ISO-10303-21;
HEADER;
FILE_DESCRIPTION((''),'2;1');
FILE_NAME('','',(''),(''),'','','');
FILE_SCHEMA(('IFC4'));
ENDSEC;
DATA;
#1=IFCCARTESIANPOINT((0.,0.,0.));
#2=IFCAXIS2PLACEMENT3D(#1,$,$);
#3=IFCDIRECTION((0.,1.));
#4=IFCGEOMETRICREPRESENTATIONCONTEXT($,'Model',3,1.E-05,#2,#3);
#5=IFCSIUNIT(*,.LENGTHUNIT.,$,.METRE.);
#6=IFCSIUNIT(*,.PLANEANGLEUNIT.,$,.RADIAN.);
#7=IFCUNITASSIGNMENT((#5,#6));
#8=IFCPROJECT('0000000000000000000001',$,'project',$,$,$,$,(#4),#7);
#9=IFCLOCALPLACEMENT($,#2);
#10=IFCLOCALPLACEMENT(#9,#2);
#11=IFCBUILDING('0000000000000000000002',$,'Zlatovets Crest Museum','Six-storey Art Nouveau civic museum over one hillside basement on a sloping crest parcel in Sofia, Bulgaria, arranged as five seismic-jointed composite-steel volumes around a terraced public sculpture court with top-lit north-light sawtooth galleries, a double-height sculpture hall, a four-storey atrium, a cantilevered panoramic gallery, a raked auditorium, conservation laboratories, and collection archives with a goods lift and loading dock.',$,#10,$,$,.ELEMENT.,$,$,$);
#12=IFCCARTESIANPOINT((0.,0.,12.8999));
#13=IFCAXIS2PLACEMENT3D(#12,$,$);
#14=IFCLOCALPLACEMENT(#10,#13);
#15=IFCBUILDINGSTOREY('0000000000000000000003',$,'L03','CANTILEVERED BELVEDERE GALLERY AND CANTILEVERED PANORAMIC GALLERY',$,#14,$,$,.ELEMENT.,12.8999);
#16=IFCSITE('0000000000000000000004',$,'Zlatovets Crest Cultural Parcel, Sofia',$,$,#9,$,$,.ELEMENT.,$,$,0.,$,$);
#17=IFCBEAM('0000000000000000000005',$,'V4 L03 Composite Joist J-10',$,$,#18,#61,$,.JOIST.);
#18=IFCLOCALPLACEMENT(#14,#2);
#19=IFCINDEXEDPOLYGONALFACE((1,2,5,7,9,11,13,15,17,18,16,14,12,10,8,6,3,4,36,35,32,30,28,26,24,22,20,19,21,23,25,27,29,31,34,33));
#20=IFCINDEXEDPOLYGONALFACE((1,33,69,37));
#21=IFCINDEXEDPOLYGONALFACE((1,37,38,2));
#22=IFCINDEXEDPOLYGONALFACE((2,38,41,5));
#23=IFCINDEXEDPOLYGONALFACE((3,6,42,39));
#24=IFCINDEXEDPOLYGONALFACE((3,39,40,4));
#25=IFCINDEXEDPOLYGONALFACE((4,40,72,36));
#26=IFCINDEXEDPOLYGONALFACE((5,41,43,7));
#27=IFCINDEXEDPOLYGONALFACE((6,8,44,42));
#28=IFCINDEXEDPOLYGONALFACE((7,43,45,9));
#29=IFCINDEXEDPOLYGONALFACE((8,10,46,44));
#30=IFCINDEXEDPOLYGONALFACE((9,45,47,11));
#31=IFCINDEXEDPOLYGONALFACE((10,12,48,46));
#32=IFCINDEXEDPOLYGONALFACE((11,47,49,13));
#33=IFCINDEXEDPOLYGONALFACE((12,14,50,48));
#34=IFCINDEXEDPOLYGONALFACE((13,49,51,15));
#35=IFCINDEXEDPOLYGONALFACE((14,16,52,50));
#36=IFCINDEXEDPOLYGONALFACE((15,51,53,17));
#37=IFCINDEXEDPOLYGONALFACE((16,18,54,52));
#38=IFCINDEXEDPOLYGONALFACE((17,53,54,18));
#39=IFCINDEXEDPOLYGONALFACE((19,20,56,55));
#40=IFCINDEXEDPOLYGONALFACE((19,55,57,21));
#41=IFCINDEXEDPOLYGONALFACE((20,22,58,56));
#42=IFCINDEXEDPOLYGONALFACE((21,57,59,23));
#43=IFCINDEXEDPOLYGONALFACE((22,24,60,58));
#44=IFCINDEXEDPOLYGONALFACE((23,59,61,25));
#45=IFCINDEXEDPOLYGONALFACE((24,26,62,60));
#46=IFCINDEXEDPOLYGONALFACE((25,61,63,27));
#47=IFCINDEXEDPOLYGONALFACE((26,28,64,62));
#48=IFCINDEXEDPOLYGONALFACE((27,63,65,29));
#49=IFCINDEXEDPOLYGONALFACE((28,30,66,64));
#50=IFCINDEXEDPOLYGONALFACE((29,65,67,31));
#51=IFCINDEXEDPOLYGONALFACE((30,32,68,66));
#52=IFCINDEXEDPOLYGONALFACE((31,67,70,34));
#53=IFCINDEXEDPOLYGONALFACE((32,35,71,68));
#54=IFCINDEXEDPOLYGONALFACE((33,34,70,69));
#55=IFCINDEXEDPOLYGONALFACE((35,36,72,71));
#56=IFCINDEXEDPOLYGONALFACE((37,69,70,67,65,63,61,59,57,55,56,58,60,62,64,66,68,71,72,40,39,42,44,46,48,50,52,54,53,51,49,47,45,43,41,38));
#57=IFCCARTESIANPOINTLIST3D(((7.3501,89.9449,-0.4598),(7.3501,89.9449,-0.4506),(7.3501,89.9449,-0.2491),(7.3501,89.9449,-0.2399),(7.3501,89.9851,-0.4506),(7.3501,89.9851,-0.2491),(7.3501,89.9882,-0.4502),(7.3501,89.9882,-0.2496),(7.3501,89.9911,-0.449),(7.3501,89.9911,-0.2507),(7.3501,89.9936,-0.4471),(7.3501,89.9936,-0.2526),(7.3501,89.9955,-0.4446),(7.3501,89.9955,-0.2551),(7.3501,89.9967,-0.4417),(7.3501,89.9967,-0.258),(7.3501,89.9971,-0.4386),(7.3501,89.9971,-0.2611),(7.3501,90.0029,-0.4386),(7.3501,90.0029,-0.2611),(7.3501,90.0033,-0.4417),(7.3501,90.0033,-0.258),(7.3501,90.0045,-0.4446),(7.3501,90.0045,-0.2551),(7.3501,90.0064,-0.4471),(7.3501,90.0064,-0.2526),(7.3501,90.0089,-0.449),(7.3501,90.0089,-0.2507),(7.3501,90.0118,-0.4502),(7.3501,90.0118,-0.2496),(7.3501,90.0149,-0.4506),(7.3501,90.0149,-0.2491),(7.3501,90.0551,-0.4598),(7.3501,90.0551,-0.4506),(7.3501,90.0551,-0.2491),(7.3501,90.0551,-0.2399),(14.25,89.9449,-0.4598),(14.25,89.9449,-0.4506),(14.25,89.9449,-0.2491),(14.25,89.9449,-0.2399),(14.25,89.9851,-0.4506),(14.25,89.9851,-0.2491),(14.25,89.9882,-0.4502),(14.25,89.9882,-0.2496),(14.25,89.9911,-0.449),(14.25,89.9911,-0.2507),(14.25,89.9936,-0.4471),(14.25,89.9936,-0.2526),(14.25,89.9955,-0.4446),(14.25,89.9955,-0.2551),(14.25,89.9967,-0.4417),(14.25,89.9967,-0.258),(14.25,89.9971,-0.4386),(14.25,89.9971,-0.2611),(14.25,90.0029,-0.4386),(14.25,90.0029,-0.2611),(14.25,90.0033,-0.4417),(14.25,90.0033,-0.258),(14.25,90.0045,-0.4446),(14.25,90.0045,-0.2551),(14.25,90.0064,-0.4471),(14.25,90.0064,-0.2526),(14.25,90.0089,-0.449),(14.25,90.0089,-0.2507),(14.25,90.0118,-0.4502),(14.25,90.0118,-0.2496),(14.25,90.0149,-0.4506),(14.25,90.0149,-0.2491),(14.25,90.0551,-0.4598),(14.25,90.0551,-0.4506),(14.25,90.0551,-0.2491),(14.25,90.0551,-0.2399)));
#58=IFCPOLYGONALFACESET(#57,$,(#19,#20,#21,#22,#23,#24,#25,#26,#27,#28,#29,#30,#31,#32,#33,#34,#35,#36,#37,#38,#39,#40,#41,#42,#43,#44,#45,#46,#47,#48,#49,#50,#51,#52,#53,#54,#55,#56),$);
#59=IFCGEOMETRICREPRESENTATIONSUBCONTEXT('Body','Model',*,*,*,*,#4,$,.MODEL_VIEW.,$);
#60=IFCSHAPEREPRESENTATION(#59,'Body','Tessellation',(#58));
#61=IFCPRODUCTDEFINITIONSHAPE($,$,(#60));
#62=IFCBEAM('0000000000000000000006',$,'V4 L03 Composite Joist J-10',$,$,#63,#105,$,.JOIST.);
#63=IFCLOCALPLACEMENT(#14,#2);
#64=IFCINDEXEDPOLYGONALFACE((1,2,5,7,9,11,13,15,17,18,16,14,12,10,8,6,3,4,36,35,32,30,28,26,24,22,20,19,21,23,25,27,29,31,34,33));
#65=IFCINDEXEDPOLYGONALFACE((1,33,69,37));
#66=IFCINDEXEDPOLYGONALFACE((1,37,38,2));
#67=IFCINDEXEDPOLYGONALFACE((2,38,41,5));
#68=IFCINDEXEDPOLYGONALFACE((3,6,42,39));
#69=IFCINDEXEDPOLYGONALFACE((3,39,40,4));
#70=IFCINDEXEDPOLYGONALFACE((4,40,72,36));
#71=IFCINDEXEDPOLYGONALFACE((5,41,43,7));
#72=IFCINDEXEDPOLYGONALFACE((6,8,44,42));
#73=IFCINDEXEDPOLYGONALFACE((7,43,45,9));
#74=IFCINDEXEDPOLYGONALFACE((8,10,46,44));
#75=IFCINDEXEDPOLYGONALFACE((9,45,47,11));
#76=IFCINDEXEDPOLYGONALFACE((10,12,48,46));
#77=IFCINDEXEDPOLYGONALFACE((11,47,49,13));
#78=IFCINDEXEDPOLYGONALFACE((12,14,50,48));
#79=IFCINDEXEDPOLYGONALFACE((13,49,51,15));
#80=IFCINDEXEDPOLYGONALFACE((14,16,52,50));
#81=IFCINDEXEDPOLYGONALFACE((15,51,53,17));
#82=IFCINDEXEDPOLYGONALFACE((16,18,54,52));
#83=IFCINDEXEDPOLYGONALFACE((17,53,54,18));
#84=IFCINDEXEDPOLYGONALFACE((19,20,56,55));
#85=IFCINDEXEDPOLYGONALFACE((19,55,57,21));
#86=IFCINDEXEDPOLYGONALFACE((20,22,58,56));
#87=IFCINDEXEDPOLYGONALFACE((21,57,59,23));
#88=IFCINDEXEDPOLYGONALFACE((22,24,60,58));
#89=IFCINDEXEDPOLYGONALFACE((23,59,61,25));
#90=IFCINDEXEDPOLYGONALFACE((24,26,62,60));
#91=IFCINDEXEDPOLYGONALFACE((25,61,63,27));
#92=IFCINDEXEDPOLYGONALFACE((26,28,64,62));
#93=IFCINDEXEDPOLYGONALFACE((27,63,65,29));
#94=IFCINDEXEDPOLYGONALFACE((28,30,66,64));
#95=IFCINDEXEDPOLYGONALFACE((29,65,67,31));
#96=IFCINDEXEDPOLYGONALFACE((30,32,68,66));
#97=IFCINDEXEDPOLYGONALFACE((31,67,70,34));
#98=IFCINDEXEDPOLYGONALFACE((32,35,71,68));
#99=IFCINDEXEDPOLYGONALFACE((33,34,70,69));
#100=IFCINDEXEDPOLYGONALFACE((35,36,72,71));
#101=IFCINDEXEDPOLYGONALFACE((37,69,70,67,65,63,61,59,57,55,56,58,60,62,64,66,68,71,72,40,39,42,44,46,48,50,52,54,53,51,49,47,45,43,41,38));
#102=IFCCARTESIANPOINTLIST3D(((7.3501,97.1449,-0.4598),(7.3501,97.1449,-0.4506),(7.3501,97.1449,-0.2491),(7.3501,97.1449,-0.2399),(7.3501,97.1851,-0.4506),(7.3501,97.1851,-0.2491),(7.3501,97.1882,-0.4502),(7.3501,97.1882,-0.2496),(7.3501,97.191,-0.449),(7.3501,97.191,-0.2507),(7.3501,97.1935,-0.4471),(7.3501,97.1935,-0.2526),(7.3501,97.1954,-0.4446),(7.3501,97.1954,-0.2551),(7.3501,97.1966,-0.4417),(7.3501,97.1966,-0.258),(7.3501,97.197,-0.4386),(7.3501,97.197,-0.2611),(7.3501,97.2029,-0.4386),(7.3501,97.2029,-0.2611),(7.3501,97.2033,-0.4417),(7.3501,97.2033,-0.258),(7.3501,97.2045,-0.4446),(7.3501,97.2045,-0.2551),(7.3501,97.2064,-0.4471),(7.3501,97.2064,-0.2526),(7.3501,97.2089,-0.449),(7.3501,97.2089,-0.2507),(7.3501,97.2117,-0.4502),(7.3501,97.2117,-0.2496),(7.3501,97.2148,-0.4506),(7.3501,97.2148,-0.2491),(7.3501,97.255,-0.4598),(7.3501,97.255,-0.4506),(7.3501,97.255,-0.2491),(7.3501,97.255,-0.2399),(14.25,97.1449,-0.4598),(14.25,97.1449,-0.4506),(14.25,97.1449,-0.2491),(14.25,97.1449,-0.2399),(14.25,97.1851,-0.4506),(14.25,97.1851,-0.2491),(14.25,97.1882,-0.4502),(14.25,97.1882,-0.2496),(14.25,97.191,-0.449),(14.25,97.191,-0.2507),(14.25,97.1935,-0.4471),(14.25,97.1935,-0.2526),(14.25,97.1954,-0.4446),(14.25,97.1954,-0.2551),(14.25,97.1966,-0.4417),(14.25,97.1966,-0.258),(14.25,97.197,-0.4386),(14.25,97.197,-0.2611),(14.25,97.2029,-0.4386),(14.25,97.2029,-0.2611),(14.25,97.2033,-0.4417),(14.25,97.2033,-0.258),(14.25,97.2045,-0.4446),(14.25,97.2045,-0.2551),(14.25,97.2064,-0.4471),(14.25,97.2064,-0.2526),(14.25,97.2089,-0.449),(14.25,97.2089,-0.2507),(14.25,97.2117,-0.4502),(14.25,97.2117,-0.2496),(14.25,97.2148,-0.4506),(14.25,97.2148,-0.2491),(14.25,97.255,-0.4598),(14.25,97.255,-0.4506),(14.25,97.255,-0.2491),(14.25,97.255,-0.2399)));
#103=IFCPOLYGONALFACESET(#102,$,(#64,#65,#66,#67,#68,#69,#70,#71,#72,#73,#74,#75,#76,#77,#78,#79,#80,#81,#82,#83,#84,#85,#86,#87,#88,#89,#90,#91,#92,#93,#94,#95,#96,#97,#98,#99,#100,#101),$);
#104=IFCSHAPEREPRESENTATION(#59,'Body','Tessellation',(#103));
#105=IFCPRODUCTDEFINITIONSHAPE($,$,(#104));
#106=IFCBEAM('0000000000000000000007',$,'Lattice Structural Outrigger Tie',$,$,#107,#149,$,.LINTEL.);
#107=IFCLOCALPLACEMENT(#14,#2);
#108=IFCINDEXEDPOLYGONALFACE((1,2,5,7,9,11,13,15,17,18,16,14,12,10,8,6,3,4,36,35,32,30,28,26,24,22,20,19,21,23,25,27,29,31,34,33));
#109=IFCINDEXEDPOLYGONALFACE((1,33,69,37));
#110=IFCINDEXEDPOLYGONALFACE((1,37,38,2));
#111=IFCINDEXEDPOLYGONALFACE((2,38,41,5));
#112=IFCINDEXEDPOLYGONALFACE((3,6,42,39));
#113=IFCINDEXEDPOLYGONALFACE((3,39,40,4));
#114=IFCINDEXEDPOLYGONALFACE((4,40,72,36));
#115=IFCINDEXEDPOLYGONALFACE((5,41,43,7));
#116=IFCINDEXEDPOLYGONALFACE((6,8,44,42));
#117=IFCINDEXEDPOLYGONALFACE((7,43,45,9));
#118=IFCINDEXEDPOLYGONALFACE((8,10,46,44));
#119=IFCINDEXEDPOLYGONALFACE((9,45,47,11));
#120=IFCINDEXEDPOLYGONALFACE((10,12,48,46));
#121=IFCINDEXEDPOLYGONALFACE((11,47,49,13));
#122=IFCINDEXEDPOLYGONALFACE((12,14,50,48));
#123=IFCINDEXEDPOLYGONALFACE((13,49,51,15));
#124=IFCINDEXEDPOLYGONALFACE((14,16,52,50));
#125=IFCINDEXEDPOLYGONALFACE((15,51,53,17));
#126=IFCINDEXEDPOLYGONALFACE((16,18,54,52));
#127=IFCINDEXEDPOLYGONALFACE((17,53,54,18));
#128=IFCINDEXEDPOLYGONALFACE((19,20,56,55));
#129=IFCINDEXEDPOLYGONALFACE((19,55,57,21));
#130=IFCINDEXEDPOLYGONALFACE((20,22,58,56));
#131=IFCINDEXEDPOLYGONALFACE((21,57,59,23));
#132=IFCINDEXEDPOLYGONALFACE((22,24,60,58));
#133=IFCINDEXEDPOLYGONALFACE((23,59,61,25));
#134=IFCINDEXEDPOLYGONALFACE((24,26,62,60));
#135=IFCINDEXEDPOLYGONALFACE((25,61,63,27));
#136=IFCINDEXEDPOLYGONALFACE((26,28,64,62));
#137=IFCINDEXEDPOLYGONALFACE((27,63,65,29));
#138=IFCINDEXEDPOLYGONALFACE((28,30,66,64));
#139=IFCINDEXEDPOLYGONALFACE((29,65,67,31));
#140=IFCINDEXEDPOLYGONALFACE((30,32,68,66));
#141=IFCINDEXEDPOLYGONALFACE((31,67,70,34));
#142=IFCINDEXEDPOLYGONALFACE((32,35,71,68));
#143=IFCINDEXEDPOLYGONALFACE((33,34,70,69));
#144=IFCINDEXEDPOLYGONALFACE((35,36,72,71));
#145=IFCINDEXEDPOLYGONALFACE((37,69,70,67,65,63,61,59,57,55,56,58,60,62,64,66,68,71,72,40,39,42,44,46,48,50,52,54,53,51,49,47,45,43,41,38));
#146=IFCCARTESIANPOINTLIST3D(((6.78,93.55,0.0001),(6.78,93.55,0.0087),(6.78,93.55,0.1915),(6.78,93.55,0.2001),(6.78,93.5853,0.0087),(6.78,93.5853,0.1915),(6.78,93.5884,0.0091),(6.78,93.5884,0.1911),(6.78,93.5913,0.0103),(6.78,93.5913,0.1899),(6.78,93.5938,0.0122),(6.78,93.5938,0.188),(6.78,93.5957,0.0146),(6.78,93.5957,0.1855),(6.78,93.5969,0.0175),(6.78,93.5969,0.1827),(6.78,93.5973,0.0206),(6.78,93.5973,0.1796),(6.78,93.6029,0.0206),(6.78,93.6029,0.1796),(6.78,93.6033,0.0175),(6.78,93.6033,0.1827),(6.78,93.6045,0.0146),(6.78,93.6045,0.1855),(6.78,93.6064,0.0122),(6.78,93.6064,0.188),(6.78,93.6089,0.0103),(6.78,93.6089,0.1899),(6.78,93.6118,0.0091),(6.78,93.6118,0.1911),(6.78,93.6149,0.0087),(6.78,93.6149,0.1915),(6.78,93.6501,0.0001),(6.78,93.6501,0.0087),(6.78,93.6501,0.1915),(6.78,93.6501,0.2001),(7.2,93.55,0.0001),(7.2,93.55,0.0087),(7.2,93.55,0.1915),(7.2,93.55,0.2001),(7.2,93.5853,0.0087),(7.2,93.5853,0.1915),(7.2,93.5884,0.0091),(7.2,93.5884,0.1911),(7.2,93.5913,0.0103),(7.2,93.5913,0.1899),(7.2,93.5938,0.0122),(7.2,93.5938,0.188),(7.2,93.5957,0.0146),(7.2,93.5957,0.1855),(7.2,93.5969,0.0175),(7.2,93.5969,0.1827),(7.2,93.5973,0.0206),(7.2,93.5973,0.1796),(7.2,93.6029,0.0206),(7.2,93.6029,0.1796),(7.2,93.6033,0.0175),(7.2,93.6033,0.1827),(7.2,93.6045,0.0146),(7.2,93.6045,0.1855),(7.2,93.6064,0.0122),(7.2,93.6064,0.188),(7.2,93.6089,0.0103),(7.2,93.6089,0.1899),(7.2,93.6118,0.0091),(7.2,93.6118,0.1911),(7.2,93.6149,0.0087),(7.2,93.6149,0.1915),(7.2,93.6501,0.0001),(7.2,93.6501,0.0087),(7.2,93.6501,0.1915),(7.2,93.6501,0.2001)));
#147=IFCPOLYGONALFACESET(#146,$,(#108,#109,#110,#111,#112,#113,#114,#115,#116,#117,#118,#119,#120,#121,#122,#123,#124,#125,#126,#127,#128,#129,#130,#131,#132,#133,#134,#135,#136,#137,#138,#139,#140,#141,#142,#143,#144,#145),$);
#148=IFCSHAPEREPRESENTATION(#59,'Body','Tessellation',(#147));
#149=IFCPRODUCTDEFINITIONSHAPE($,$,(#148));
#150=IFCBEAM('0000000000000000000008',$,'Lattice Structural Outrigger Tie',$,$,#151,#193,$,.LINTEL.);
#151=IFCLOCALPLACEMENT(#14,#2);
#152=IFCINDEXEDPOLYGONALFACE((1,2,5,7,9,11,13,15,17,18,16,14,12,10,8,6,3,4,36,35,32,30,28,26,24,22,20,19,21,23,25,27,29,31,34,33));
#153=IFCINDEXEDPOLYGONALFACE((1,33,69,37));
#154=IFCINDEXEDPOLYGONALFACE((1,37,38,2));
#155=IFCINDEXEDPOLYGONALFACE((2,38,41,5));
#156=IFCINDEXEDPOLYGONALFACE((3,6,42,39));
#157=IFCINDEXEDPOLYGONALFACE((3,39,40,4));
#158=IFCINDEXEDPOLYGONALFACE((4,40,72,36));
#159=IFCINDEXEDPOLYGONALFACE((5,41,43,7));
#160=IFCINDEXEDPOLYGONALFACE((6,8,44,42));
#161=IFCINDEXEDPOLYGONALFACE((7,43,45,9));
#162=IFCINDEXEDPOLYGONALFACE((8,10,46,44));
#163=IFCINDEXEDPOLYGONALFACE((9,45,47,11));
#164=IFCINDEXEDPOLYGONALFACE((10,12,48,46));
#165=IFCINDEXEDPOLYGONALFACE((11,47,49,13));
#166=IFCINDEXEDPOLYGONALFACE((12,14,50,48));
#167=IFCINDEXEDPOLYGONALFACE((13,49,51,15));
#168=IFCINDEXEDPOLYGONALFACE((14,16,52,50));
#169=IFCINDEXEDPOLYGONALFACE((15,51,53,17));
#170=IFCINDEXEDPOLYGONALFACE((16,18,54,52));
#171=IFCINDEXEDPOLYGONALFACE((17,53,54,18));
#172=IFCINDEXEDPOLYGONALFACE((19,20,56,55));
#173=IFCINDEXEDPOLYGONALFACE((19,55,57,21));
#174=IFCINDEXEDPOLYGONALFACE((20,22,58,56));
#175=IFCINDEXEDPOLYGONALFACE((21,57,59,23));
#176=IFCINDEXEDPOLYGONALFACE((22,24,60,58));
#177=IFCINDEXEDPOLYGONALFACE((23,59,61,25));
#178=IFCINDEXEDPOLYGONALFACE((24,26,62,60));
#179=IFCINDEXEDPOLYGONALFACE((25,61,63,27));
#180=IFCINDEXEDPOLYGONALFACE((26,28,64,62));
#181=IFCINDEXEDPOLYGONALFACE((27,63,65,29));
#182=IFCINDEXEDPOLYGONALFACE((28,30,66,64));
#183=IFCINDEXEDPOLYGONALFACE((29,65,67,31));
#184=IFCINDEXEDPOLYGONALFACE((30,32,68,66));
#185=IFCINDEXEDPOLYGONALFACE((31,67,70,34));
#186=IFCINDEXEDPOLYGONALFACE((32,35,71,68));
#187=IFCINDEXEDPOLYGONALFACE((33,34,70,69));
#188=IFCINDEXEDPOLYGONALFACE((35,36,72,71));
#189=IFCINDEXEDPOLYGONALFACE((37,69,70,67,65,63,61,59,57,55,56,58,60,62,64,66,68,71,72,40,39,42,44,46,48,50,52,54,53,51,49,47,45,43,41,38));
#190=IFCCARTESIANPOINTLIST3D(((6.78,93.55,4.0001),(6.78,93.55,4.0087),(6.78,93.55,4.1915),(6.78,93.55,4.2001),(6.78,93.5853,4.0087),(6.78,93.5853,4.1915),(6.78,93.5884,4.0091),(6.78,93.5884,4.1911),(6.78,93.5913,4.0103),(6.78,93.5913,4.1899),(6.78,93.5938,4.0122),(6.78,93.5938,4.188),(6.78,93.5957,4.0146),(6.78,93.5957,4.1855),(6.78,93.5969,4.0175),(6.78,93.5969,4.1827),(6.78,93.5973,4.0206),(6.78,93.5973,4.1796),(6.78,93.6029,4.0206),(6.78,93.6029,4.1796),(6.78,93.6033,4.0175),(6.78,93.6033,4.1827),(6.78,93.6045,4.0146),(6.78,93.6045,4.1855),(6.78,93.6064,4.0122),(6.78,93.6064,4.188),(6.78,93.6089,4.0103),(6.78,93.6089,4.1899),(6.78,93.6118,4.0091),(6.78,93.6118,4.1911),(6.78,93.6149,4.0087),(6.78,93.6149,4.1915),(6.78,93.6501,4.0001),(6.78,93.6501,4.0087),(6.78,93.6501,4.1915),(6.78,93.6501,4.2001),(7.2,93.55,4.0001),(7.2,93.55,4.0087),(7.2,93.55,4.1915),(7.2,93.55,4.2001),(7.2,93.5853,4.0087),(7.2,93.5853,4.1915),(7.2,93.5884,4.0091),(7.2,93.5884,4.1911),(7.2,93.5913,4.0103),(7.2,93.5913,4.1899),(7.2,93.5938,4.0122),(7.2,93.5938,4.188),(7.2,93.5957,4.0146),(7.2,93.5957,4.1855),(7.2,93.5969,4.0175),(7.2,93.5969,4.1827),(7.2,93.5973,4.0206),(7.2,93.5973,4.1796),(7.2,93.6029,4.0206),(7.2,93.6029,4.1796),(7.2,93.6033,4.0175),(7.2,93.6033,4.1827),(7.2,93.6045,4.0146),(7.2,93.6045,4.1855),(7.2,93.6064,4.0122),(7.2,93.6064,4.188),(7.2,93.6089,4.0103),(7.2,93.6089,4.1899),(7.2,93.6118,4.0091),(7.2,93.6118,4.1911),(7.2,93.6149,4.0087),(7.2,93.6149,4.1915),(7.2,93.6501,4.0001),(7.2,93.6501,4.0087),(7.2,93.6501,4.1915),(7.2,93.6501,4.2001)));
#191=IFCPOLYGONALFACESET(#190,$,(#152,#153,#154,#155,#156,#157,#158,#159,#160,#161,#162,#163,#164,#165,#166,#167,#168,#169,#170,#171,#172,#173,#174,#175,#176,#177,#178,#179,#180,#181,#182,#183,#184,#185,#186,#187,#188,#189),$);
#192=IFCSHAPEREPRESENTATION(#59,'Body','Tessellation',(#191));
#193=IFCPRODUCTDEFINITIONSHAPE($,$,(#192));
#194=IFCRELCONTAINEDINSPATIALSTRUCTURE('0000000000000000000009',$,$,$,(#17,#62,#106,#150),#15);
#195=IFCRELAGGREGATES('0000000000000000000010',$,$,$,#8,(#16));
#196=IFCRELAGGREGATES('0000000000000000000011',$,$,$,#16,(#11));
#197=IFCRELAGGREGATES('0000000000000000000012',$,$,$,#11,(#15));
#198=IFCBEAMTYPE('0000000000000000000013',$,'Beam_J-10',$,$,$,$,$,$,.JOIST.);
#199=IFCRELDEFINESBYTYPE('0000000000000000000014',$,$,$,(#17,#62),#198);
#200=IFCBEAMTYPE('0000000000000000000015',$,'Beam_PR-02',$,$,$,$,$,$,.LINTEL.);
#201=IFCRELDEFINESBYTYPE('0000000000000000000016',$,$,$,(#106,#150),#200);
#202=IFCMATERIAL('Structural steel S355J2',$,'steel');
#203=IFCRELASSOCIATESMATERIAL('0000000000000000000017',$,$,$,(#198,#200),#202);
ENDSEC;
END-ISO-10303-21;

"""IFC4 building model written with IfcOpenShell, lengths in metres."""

from ifc_helpers import new_model, si_unit, direction, frame, origin, origin_2d, place, context, subcontext, project, spatial, i_section, extrude, material, material_profile, profile_set, type_object, element, save


model = new_model("IFC4")

# Units and contexts
model_context = context("Model", 3, precision=1e-05, world=origin(), true_north=direction((0.0, 1.0)))
body_context = subcontext(model_context, "Body", "Model", "MODEL_VIEW")
ifc_project = project(units=[si_unit("LENGTHUNIT", "METRE"), si_unit("PLANEANGLEUNIT", "RADIAN")], contexts=[model_context])

# Site, building, storey
site_placement = place(None, origin())
site = spatial("IfcSite", under=ifc_project, at=site_placement, Name="Zlatovets Crest Cultural Parcel, Sofia", CompositionType="ELEMENT", RefElevation=0.0)
building_placement = place(site_placement, origin())
building = spatial("IfcBuilding", under=site, at=building_placement, Name="Zlatovets Crest Museum", Description="Six-storey Art Nouveau civic museum over one hillside basement on a sloping crest parcel in Sofia, Bulgaria, arranged as five seismic-jointed composite-steel volumes around a terraced public sculpture court with top-lit north-light sawtooth galleries, a double-height sculpture hall, a four-storey atrium, a cantilevered panoramic gallery, a raked auditorium, conservation laboratories, and collection archives with a goods lift and loading dock.", CompositionType="ELEMENT")
storey_placement = place(building_placement, frame((0.0, 0.0, 12.8999)))
storey = spatial("IfcBuildingStorey", under=building, at=storey_placement, Name="L03", Description="CANTILEVERED BELVEDERE GALLERY AND CANTILEVERED PANORAMIC GALLERY", CompositionType="ELEMENT", Elevation=12.8999)

# Shared definitions
ifc_material_1 = material(Name="Structural steel S355J2", Category="steel")

# Beams
ifc_material_profile_1 = material_profile(ifc_material_1, i_section(OverallWidth=0.1101, OverallDepth=0.22, WebThickness=0.0059, FlangeThickness=0.0093, FilletRadius=0.012, at=origin_2d()), Name="IPE 220")
ifc_profile_set_1 = profile_set([ifc_material_profile_1], Name="Structural steel S355J2")
beam_type_1 = type_object("IfcBeamType", Name="Beam_J-10", PredefinedType="JOIST", material=ifc_profile_set_1)
for number, where, z_axis, x_axis, name in (
    (1, (7.3501, 90.0, -0.3499), (1.0, 0.0, 0.0), (0.0, 1.0, 0.0), "V4 L03 Composite Joist J-10"),
    (2, (7.3501, 97.2, -0.3499), (1.0, 0.0, 0.0), (0.0, 1.0, 0.0), "V4 L03 Composite Joist J-10"),
):
    element("IfcBeam", number, at=place(storey_placement, frame(where, z_axis=z_axis, x_axis=x_axis)), inside=storey, type_object=beam_type_1, Name=name, PredefinedType="JOIST", context=body_context, shape_type="SweptSolid", body=[
        extrude(i_section(OverallWidth=0.1101, OverallDepth=0.22, WebThickness=0.0059, FlangeThickness=0.0093, FilletRadius=0.012, at=origin_2d()), origin(), (0.0, 0.0, 1.0), 6.8999),
    ])
ifc_material_profile_2 = material_profile(ifc_material_1, i_section(OverallWidth=0.1001, OverallDepth=0.2, WebThickness=0.0056, FlangeThickness=0.0085, FilletRadius=0.012, at=origin_2d()), Name="IPE 200")
ifc_profile_set_2 = profile_set([ifc_material_profile_2], Name="Structural steel S355J2")
beam_type_2 = type_object("IfcBeamType", Name="Beam_PR-02", PredefinedType="LINTEL", material=ifc_profile_set_2)
for number, where, z_axis, x_axis, name in (
    (3, (7.2, 93.6001, 0.1001), (-1.0, 0.0, 0.0), (0.0, -1.0, 0.0), "Lattice Structural Outrigger Tie"),
    (4, (7.2, 93.6001, 4.1001), (-1.0, 0.0, 0.0), (0.0, -1.0, 0.0), "Lattice Structural Outrigger Tie"),
):
    element("IfcBeam", number, at=place(storey_placement, frame(where, z_axis=z_axis, x_axis=x_axis)), inside=storey, type_object=beam_type_2, Name=name, PredefinedType="LINTEL", context=body_context, shape_type="SweptSolid", body=[
        extrude(i_section(OverallWidth=0.1001, OverallDepth=0.2, WebThickness=0.0056, FlangeThickness=0.0085, FilletRadius=0.012, at=origin_2d()), origin(), (0.0, 0.0, 1.0), 0.4199),
    ])

save(model, "model.ifc")
